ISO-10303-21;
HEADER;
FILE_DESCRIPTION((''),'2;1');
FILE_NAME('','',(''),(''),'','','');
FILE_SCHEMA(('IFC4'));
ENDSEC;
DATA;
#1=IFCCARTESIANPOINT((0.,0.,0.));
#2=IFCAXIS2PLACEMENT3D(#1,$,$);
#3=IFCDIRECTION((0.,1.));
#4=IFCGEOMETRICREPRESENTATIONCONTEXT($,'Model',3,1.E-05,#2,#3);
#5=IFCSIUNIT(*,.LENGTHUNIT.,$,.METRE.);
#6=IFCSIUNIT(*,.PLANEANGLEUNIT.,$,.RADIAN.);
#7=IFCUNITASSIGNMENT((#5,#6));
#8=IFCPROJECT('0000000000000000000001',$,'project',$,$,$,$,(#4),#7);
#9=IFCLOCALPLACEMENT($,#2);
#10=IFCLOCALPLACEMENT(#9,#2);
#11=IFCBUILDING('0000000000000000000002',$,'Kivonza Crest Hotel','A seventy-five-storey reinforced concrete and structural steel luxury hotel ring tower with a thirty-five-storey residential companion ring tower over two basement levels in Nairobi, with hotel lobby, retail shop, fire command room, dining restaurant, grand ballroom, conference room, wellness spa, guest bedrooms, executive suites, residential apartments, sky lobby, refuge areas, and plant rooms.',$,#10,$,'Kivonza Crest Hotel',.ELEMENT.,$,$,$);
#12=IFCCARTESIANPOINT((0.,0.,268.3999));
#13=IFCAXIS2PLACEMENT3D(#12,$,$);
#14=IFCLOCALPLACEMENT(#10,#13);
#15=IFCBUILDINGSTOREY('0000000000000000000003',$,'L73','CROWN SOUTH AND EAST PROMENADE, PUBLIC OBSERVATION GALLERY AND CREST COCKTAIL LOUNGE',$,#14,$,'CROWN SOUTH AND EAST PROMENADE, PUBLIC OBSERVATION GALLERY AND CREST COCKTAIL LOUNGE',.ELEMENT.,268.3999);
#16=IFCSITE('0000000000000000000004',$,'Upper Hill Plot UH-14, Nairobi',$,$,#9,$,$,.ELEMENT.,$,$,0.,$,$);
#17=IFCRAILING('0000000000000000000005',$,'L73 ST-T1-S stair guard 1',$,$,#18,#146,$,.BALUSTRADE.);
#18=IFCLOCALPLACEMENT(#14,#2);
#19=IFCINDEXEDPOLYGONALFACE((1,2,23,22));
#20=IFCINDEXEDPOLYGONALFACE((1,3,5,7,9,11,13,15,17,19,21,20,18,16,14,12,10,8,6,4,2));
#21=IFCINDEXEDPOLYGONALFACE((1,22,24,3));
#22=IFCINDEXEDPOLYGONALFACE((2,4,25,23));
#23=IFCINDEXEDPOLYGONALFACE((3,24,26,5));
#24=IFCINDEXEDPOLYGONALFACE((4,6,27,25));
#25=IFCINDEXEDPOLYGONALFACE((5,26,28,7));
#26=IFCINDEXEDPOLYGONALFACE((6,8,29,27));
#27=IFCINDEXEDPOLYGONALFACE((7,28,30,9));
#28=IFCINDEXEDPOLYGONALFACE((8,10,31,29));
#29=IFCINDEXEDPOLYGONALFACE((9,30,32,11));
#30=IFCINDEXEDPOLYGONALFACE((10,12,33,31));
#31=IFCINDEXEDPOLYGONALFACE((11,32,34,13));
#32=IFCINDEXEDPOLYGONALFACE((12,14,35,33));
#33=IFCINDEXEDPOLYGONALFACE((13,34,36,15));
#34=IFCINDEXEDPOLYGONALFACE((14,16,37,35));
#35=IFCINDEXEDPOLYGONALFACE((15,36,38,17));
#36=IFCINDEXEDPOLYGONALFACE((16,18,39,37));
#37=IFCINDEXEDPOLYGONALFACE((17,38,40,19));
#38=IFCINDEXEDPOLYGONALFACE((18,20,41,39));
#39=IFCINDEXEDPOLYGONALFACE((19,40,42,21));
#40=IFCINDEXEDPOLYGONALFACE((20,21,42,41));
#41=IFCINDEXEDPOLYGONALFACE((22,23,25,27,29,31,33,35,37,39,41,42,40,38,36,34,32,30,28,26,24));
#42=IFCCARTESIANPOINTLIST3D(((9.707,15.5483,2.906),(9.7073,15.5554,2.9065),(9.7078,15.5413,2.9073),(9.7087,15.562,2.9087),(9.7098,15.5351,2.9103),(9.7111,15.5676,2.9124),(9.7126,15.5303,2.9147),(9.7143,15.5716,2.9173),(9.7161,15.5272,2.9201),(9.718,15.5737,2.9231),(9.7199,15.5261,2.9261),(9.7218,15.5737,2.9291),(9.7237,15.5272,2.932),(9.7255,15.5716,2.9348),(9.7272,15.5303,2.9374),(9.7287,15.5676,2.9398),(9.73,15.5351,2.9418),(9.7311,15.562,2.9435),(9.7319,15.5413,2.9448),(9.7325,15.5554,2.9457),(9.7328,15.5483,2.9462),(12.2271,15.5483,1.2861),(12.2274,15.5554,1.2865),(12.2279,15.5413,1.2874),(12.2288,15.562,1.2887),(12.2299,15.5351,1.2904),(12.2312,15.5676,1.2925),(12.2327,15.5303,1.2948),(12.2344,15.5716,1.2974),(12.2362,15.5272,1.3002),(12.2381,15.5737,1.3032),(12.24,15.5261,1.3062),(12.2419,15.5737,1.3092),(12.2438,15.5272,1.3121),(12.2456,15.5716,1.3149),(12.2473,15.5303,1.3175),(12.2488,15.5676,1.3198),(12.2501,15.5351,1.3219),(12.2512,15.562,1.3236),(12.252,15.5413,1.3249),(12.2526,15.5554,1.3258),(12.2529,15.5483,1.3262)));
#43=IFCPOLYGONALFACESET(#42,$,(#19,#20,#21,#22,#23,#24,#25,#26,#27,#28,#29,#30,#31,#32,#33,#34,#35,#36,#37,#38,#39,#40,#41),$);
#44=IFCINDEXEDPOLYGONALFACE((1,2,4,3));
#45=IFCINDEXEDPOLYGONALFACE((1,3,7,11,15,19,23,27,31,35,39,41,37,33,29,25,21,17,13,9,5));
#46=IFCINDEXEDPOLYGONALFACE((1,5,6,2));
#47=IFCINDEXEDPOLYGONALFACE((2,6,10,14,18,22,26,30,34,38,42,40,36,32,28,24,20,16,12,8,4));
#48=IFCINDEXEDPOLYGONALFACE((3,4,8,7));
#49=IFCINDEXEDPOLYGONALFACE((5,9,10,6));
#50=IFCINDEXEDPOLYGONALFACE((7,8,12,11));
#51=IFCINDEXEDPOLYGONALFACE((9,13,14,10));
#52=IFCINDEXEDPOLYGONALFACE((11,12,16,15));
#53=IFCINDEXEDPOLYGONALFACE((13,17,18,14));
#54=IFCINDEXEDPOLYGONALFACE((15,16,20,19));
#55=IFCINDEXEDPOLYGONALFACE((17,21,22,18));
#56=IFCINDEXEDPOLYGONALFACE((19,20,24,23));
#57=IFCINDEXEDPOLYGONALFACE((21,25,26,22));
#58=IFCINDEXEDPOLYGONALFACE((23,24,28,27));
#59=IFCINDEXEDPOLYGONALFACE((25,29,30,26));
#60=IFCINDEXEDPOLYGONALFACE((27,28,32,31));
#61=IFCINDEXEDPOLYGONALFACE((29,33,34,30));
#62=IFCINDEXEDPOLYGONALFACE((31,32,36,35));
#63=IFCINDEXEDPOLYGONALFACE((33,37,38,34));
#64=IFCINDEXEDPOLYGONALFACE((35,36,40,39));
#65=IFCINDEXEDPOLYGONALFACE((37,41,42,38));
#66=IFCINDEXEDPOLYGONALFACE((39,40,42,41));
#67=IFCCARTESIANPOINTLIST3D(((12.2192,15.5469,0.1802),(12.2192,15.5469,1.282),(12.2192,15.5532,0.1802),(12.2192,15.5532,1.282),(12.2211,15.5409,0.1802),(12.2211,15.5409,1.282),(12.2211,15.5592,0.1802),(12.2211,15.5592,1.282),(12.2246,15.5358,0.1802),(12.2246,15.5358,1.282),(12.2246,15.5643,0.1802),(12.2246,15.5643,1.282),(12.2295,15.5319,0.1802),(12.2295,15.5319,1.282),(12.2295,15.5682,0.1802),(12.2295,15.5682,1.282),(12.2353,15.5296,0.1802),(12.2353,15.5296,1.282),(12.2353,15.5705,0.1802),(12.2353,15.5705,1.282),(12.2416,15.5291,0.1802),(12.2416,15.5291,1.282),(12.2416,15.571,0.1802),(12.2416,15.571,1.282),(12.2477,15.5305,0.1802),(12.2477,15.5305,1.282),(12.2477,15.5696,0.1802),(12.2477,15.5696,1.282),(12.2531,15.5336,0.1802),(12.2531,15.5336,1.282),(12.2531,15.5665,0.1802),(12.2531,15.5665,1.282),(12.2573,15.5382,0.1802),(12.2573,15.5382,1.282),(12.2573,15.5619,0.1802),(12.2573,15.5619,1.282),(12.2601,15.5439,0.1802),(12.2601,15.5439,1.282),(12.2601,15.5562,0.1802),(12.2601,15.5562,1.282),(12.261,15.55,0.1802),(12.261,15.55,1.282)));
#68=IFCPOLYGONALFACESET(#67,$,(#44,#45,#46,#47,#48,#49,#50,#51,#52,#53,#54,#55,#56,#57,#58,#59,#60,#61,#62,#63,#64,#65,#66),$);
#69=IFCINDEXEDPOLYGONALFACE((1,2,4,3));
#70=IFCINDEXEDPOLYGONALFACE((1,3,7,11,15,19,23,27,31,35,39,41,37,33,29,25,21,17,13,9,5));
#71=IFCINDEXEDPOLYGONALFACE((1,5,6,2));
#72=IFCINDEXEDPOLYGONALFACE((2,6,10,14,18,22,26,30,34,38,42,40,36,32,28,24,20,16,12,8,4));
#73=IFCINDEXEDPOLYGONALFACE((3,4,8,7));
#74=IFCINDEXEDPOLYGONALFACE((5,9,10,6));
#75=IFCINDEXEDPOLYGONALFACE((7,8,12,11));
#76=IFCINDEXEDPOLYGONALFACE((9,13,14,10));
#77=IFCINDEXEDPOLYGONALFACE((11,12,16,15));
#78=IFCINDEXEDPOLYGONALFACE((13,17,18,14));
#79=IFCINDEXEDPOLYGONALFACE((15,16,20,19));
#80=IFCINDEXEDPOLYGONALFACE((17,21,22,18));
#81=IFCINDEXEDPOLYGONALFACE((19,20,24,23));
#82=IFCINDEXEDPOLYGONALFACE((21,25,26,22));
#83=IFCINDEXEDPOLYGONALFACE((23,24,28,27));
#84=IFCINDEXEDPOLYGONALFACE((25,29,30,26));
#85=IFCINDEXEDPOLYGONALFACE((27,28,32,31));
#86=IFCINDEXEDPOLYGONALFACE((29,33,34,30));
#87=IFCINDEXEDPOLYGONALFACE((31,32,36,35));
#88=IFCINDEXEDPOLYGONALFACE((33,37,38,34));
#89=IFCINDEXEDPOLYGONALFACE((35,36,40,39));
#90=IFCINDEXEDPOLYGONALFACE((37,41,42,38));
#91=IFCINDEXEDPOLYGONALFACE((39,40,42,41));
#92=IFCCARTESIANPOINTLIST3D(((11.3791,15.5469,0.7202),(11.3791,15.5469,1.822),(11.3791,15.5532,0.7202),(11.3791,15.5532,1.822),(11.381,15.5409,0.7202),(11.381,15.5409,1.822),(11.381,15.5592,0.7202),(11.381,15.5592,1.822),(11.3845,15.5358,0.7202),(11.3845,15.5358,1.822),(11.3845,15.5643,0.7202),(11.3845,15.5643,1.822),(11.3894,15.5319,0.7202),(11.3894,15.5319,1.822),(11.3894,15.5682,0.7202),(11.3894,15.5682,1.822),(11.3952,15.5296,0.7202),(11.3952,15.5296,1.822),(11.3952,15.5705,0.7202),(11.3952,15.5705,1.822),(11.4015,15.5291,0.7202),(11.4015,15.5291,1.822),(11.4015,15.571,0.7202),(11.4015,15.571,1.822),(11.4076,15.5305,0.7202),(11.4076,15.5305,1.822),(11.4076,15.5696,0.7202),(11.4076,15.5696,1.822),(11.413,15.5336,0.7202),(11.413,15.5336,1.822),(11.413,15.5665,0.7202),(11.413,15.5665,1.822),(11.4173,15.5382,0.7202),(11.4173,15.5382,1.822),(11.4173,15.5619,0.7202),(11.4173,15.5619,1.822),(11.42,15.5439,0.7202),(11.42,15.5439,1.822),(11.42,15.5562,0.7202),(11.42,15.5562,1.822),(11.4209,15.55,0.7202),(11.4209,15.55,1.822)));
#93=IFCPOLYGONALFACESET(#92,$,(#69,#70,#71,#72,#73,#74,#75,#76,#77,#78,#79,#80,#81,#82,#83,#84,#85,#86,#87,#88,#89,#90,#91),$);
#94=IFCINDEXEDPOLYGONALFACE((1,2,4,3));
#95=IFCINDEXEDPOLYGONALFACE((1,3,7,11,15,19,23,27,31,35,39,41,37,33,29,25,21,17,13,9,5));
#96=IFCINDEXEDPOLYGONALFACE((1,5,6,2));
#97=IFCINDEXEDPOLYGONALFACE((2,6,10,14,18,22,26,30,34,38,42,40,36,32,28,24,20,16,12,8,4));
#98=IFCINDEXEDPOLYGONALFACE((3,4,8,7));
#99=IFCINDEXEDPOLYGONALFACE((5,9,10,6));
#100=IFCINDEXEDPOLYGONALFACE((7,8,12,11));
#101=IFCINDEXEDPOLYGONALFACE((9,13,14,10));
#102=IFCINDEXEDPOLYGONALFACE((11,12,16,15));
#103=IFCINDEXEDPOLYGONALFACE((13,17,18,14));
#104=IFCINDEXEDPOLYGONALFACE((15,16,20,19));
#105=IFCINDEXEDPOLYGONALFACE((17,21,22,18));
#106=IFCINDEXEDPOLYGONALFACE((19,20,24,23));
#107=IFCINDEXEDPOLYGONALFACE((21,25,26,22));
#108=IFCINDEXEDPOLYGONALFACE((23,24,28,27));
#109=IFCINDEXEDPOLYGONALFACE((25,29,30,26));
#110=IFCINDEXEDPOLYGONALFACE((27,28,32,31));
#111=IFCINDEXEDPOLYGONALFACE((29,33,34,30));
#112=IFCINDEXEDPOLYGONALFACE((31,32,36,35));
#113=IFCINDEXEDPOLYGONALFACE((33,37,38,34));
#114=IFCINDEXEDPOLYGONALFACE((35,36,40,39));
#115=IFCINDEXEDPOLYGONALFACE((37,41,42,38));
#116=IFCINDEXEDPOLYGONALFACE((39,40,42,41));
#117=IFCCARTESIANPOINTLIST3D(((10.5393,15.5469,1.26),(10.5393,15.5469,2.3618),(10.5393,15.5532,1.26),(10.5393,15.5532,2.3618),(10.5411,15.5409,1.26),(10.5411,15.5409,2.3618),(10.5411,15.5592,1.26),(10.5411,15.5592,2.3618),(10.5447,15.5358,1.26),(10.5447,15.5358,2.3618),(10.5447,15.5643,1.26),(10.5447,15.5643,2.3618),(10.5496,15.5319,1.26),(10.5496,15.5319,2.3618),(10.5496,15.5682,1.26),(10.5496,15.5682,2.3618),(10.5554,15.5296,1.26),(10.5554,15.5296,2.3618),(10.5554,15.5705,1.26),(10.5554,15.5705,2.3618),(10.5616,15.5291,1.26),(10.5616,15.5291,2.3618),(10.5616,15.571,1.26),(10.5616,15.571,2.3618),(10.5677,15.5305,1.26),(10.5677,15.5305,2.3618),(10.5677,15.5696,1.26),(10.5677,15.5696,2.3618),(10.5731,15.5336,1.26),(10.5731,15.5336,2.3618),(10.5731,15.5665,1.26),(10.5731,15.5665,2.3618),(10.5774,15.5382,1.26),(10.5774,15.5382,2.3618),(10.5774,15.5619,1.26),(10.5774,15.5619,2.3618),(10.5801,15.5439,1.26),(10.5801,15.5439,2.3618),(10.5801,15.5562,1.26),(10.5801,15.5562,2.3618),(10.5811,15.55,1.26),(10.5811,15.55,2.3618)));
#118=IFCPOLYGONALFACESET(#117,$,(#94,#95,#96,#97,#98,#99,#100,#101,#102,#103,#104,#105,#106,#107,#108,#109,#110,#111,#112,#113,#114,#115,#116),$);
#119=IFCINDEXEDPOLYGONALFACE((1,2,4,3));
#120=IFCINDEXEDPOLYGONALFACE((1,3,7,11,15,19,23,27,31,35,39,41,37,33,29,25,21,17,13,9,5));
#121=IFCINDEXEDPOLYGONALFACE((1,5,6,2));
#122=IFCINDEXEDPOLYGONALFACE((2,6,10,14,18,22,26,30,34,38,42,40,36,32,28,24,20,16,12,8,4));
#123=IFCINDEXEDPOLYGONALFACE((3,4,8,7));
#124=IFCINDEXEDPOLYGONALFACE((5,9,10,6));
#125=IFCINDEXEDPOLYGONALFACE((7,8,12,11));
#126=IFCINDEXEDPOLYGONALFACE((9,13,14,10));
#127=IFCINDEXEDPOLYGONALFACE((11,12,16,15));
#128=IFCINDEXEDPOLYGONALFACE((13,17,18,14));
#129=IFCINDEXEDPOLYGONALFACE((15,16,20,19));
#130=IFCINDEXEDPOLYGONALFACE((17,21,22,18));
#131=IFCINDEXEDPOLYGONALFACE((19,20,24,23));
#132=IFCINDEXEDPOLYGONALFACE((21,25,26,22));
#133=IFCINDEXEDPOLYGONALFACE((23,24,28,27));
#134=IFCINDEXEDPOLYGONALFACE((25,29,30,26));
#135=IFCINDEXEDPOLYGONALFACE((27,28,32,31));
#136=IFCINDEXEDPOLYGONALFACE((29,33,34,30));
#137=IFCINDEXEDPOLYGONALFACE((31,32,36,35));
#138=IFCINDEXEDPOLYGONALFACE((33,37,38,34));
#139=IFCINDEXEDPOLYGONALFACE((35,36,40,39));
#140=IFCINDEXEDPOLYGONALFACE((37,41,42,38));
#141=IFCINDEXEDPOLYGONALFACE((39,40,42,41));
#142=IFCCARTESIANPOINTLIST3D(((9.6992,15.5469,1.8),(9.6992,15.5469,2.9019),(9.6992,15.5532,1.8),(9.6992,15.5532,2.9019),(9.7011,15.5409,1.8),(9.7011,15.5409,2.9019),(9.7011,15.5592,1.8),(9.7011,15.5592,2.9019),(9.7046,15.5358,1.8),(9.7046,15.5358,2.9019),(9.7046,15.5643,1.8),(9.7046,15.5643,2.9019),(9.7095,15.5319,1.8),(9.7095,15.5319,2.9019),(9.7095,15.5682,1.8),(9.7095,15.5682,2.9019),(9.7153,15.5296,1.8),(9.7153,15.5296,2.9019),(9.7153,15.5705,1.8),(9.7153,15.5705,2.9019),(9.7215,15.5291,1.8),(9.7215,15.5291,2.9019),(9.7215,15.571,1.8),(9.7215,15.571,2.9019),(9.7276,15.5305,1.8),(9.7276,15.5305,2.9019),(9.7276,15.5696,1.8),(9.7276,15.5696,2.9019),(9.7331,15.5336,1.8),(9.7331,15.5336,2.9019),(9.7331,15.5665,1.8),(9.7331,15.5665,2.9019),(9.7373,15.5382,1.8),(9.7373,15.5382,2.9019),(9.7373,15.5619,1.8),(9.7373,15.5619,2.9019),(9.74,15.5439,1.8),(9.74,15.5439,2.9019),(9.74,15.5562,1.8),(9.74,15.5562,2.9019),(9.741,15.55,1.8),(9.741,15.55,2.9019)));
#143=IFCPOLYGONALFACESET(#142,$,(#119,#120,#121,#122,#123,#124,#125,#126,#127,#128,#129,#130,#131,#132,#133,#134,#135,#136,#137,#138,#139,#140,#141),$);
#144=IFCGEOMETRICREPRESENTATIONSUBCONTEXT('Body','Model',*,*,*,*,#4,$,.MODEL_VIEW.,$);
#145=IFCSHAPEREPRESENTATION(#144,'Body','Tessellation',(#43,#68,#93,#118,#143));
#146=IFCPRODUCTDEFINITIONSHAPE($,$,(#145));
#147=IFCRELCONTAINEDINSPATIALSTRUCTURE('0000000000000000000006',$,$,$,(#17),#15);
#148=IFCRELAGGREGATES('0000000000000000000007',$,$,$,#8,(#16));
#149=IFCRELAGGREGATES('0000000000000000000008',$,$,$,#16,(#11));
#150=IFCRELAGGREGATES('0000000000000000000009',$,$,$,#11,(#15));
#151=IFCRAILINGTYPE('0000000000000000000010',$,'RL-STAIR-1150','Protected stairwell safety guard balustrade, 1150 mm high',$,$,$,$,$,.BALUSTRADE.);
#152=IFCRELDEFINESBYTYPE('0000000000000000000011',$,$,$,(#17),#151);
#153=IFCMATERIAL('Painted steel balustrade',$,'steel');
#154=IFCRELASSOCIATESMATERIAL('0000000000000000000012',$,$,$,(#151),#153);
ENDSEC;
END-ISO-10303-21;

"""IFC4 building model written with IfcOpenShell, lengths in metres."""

from ifc_helpers import new_model, si_unit, direction, frame, origin, origin_2d, place, context, subcontext, project, spatial, circle, extrude, material, type_object, element, save


model = new_model("IFC4")

# Units and contexts
model_context = context("Model", 3, precision=1e-05, world=origin(), true_north=direction((0.0, 1.0)))
body_context = subcontext(model_context, "Body", "Model", "MODEL_VIEW")
ifc_project = project(units=[si_unit("LENGTHUNIT", "METRE"), si_unit("PLANEANGLEUNIT", "RADIAN")], contexts=[model_context])

# Site, building, storey
site_placement = place(None, origin())
site = spatial("IfcSite", under=ifc_project, at=site_placement, Name="Upper Hill Plot UH-14, Nairobi", CompositionType="ELEMENT", RefElevation=0.0)
building_placement = place(site_placement, origin())
building = spatial("IfcBuilding", under=site, at=building_placement, Name="Kivonza Crest Hotel", Description="A seventy-five-storey reinforced concrete and structural steel luxury hotel ring tower with a thirty-five-storey residential companion ring tower over two basement levels in Nairobi, with hotel lobby, retail shop, fire command room, dining restaurant, grand ballroom, conference room, wellness spa, guest bedrooms, executive suites, residential apartments, sky lobby, refuge areas, and plant rooms.", LongName="Kivonza Crest Hotel", CompositionType="ELEMENT")
storey_placement = place(building_placement, frame((0.0, 0.0, 268.3999)))
storey = spatial("IfcBuildingStorey", under=building, at=storey_placement, Name="L73", Description="CROWN SOUTH AND EAST PROMENADE, PUBLIC OBSERVATION GALLERY AND CREST COCKTAIL LOUNGE", LongName="CROWN SOUTH AND EAST PROMENADE, PUBLIC OBSERVATION GALLERY AND CREST COCKTAIL LOUNGE", CompositionType="ELEMENT", Elevation=268.3999)

# Railing
ifc_material_1 = material(Name="Painted steel balustrade", Category="steel")
railing_type_1 = type_object("IfcRailingType", Name="RL-STAIR-1150", Description="Protected stairwell safety guard balustrade, 1150 mm high", PredefinedType="BALUSTRADE", material=ifc_material_1)
railing_1_placement = place(storey_placement, frame((12.24, 15.55, 0.1802)))
element("IfcRailing", 1, at=railing_1_placement, inside=storey, type_object=railing_type_1, Name="L73 ST-T1-S stair guard 1", PredefinedType="BALUSTRADE", context=body_context, shape_type="SweptSolid", body=[
    extrude(circle(Radius=0.0239, at=origin_2d()), frame((0.0, 0.0, 1.126), z_axis=(-0.8412, 0.0, 0.540725), x_axis=(0.0, -1.0, 0.0)), (0.0, 0.0, 1.0), 2.9958),
    extrude(circle(Radius=0.021, at=origin_2d()), origin(), (0.0, 0.0, 1.0), 1.1018),
    extrude(circle(Radius=0.021, at=origin_2d()), frame((-0.8401, 0.0, 0.54)), (0.0, 0.0, 1.0), 1.1018),
    extrude(circle(Radius=0.021, at=origin_2d()), frame((-1.6799, 0.0, 1.0798)), (0.0, 0.0, 1.0), 1.1018),
    extrude(circle(Radius=0.021, at=origin_2d()), frame((-2.52, 0.0, 1.6199)), (0.0, 0.0, 1.0), 1.1018),
])

save(model, "model.ifc")
